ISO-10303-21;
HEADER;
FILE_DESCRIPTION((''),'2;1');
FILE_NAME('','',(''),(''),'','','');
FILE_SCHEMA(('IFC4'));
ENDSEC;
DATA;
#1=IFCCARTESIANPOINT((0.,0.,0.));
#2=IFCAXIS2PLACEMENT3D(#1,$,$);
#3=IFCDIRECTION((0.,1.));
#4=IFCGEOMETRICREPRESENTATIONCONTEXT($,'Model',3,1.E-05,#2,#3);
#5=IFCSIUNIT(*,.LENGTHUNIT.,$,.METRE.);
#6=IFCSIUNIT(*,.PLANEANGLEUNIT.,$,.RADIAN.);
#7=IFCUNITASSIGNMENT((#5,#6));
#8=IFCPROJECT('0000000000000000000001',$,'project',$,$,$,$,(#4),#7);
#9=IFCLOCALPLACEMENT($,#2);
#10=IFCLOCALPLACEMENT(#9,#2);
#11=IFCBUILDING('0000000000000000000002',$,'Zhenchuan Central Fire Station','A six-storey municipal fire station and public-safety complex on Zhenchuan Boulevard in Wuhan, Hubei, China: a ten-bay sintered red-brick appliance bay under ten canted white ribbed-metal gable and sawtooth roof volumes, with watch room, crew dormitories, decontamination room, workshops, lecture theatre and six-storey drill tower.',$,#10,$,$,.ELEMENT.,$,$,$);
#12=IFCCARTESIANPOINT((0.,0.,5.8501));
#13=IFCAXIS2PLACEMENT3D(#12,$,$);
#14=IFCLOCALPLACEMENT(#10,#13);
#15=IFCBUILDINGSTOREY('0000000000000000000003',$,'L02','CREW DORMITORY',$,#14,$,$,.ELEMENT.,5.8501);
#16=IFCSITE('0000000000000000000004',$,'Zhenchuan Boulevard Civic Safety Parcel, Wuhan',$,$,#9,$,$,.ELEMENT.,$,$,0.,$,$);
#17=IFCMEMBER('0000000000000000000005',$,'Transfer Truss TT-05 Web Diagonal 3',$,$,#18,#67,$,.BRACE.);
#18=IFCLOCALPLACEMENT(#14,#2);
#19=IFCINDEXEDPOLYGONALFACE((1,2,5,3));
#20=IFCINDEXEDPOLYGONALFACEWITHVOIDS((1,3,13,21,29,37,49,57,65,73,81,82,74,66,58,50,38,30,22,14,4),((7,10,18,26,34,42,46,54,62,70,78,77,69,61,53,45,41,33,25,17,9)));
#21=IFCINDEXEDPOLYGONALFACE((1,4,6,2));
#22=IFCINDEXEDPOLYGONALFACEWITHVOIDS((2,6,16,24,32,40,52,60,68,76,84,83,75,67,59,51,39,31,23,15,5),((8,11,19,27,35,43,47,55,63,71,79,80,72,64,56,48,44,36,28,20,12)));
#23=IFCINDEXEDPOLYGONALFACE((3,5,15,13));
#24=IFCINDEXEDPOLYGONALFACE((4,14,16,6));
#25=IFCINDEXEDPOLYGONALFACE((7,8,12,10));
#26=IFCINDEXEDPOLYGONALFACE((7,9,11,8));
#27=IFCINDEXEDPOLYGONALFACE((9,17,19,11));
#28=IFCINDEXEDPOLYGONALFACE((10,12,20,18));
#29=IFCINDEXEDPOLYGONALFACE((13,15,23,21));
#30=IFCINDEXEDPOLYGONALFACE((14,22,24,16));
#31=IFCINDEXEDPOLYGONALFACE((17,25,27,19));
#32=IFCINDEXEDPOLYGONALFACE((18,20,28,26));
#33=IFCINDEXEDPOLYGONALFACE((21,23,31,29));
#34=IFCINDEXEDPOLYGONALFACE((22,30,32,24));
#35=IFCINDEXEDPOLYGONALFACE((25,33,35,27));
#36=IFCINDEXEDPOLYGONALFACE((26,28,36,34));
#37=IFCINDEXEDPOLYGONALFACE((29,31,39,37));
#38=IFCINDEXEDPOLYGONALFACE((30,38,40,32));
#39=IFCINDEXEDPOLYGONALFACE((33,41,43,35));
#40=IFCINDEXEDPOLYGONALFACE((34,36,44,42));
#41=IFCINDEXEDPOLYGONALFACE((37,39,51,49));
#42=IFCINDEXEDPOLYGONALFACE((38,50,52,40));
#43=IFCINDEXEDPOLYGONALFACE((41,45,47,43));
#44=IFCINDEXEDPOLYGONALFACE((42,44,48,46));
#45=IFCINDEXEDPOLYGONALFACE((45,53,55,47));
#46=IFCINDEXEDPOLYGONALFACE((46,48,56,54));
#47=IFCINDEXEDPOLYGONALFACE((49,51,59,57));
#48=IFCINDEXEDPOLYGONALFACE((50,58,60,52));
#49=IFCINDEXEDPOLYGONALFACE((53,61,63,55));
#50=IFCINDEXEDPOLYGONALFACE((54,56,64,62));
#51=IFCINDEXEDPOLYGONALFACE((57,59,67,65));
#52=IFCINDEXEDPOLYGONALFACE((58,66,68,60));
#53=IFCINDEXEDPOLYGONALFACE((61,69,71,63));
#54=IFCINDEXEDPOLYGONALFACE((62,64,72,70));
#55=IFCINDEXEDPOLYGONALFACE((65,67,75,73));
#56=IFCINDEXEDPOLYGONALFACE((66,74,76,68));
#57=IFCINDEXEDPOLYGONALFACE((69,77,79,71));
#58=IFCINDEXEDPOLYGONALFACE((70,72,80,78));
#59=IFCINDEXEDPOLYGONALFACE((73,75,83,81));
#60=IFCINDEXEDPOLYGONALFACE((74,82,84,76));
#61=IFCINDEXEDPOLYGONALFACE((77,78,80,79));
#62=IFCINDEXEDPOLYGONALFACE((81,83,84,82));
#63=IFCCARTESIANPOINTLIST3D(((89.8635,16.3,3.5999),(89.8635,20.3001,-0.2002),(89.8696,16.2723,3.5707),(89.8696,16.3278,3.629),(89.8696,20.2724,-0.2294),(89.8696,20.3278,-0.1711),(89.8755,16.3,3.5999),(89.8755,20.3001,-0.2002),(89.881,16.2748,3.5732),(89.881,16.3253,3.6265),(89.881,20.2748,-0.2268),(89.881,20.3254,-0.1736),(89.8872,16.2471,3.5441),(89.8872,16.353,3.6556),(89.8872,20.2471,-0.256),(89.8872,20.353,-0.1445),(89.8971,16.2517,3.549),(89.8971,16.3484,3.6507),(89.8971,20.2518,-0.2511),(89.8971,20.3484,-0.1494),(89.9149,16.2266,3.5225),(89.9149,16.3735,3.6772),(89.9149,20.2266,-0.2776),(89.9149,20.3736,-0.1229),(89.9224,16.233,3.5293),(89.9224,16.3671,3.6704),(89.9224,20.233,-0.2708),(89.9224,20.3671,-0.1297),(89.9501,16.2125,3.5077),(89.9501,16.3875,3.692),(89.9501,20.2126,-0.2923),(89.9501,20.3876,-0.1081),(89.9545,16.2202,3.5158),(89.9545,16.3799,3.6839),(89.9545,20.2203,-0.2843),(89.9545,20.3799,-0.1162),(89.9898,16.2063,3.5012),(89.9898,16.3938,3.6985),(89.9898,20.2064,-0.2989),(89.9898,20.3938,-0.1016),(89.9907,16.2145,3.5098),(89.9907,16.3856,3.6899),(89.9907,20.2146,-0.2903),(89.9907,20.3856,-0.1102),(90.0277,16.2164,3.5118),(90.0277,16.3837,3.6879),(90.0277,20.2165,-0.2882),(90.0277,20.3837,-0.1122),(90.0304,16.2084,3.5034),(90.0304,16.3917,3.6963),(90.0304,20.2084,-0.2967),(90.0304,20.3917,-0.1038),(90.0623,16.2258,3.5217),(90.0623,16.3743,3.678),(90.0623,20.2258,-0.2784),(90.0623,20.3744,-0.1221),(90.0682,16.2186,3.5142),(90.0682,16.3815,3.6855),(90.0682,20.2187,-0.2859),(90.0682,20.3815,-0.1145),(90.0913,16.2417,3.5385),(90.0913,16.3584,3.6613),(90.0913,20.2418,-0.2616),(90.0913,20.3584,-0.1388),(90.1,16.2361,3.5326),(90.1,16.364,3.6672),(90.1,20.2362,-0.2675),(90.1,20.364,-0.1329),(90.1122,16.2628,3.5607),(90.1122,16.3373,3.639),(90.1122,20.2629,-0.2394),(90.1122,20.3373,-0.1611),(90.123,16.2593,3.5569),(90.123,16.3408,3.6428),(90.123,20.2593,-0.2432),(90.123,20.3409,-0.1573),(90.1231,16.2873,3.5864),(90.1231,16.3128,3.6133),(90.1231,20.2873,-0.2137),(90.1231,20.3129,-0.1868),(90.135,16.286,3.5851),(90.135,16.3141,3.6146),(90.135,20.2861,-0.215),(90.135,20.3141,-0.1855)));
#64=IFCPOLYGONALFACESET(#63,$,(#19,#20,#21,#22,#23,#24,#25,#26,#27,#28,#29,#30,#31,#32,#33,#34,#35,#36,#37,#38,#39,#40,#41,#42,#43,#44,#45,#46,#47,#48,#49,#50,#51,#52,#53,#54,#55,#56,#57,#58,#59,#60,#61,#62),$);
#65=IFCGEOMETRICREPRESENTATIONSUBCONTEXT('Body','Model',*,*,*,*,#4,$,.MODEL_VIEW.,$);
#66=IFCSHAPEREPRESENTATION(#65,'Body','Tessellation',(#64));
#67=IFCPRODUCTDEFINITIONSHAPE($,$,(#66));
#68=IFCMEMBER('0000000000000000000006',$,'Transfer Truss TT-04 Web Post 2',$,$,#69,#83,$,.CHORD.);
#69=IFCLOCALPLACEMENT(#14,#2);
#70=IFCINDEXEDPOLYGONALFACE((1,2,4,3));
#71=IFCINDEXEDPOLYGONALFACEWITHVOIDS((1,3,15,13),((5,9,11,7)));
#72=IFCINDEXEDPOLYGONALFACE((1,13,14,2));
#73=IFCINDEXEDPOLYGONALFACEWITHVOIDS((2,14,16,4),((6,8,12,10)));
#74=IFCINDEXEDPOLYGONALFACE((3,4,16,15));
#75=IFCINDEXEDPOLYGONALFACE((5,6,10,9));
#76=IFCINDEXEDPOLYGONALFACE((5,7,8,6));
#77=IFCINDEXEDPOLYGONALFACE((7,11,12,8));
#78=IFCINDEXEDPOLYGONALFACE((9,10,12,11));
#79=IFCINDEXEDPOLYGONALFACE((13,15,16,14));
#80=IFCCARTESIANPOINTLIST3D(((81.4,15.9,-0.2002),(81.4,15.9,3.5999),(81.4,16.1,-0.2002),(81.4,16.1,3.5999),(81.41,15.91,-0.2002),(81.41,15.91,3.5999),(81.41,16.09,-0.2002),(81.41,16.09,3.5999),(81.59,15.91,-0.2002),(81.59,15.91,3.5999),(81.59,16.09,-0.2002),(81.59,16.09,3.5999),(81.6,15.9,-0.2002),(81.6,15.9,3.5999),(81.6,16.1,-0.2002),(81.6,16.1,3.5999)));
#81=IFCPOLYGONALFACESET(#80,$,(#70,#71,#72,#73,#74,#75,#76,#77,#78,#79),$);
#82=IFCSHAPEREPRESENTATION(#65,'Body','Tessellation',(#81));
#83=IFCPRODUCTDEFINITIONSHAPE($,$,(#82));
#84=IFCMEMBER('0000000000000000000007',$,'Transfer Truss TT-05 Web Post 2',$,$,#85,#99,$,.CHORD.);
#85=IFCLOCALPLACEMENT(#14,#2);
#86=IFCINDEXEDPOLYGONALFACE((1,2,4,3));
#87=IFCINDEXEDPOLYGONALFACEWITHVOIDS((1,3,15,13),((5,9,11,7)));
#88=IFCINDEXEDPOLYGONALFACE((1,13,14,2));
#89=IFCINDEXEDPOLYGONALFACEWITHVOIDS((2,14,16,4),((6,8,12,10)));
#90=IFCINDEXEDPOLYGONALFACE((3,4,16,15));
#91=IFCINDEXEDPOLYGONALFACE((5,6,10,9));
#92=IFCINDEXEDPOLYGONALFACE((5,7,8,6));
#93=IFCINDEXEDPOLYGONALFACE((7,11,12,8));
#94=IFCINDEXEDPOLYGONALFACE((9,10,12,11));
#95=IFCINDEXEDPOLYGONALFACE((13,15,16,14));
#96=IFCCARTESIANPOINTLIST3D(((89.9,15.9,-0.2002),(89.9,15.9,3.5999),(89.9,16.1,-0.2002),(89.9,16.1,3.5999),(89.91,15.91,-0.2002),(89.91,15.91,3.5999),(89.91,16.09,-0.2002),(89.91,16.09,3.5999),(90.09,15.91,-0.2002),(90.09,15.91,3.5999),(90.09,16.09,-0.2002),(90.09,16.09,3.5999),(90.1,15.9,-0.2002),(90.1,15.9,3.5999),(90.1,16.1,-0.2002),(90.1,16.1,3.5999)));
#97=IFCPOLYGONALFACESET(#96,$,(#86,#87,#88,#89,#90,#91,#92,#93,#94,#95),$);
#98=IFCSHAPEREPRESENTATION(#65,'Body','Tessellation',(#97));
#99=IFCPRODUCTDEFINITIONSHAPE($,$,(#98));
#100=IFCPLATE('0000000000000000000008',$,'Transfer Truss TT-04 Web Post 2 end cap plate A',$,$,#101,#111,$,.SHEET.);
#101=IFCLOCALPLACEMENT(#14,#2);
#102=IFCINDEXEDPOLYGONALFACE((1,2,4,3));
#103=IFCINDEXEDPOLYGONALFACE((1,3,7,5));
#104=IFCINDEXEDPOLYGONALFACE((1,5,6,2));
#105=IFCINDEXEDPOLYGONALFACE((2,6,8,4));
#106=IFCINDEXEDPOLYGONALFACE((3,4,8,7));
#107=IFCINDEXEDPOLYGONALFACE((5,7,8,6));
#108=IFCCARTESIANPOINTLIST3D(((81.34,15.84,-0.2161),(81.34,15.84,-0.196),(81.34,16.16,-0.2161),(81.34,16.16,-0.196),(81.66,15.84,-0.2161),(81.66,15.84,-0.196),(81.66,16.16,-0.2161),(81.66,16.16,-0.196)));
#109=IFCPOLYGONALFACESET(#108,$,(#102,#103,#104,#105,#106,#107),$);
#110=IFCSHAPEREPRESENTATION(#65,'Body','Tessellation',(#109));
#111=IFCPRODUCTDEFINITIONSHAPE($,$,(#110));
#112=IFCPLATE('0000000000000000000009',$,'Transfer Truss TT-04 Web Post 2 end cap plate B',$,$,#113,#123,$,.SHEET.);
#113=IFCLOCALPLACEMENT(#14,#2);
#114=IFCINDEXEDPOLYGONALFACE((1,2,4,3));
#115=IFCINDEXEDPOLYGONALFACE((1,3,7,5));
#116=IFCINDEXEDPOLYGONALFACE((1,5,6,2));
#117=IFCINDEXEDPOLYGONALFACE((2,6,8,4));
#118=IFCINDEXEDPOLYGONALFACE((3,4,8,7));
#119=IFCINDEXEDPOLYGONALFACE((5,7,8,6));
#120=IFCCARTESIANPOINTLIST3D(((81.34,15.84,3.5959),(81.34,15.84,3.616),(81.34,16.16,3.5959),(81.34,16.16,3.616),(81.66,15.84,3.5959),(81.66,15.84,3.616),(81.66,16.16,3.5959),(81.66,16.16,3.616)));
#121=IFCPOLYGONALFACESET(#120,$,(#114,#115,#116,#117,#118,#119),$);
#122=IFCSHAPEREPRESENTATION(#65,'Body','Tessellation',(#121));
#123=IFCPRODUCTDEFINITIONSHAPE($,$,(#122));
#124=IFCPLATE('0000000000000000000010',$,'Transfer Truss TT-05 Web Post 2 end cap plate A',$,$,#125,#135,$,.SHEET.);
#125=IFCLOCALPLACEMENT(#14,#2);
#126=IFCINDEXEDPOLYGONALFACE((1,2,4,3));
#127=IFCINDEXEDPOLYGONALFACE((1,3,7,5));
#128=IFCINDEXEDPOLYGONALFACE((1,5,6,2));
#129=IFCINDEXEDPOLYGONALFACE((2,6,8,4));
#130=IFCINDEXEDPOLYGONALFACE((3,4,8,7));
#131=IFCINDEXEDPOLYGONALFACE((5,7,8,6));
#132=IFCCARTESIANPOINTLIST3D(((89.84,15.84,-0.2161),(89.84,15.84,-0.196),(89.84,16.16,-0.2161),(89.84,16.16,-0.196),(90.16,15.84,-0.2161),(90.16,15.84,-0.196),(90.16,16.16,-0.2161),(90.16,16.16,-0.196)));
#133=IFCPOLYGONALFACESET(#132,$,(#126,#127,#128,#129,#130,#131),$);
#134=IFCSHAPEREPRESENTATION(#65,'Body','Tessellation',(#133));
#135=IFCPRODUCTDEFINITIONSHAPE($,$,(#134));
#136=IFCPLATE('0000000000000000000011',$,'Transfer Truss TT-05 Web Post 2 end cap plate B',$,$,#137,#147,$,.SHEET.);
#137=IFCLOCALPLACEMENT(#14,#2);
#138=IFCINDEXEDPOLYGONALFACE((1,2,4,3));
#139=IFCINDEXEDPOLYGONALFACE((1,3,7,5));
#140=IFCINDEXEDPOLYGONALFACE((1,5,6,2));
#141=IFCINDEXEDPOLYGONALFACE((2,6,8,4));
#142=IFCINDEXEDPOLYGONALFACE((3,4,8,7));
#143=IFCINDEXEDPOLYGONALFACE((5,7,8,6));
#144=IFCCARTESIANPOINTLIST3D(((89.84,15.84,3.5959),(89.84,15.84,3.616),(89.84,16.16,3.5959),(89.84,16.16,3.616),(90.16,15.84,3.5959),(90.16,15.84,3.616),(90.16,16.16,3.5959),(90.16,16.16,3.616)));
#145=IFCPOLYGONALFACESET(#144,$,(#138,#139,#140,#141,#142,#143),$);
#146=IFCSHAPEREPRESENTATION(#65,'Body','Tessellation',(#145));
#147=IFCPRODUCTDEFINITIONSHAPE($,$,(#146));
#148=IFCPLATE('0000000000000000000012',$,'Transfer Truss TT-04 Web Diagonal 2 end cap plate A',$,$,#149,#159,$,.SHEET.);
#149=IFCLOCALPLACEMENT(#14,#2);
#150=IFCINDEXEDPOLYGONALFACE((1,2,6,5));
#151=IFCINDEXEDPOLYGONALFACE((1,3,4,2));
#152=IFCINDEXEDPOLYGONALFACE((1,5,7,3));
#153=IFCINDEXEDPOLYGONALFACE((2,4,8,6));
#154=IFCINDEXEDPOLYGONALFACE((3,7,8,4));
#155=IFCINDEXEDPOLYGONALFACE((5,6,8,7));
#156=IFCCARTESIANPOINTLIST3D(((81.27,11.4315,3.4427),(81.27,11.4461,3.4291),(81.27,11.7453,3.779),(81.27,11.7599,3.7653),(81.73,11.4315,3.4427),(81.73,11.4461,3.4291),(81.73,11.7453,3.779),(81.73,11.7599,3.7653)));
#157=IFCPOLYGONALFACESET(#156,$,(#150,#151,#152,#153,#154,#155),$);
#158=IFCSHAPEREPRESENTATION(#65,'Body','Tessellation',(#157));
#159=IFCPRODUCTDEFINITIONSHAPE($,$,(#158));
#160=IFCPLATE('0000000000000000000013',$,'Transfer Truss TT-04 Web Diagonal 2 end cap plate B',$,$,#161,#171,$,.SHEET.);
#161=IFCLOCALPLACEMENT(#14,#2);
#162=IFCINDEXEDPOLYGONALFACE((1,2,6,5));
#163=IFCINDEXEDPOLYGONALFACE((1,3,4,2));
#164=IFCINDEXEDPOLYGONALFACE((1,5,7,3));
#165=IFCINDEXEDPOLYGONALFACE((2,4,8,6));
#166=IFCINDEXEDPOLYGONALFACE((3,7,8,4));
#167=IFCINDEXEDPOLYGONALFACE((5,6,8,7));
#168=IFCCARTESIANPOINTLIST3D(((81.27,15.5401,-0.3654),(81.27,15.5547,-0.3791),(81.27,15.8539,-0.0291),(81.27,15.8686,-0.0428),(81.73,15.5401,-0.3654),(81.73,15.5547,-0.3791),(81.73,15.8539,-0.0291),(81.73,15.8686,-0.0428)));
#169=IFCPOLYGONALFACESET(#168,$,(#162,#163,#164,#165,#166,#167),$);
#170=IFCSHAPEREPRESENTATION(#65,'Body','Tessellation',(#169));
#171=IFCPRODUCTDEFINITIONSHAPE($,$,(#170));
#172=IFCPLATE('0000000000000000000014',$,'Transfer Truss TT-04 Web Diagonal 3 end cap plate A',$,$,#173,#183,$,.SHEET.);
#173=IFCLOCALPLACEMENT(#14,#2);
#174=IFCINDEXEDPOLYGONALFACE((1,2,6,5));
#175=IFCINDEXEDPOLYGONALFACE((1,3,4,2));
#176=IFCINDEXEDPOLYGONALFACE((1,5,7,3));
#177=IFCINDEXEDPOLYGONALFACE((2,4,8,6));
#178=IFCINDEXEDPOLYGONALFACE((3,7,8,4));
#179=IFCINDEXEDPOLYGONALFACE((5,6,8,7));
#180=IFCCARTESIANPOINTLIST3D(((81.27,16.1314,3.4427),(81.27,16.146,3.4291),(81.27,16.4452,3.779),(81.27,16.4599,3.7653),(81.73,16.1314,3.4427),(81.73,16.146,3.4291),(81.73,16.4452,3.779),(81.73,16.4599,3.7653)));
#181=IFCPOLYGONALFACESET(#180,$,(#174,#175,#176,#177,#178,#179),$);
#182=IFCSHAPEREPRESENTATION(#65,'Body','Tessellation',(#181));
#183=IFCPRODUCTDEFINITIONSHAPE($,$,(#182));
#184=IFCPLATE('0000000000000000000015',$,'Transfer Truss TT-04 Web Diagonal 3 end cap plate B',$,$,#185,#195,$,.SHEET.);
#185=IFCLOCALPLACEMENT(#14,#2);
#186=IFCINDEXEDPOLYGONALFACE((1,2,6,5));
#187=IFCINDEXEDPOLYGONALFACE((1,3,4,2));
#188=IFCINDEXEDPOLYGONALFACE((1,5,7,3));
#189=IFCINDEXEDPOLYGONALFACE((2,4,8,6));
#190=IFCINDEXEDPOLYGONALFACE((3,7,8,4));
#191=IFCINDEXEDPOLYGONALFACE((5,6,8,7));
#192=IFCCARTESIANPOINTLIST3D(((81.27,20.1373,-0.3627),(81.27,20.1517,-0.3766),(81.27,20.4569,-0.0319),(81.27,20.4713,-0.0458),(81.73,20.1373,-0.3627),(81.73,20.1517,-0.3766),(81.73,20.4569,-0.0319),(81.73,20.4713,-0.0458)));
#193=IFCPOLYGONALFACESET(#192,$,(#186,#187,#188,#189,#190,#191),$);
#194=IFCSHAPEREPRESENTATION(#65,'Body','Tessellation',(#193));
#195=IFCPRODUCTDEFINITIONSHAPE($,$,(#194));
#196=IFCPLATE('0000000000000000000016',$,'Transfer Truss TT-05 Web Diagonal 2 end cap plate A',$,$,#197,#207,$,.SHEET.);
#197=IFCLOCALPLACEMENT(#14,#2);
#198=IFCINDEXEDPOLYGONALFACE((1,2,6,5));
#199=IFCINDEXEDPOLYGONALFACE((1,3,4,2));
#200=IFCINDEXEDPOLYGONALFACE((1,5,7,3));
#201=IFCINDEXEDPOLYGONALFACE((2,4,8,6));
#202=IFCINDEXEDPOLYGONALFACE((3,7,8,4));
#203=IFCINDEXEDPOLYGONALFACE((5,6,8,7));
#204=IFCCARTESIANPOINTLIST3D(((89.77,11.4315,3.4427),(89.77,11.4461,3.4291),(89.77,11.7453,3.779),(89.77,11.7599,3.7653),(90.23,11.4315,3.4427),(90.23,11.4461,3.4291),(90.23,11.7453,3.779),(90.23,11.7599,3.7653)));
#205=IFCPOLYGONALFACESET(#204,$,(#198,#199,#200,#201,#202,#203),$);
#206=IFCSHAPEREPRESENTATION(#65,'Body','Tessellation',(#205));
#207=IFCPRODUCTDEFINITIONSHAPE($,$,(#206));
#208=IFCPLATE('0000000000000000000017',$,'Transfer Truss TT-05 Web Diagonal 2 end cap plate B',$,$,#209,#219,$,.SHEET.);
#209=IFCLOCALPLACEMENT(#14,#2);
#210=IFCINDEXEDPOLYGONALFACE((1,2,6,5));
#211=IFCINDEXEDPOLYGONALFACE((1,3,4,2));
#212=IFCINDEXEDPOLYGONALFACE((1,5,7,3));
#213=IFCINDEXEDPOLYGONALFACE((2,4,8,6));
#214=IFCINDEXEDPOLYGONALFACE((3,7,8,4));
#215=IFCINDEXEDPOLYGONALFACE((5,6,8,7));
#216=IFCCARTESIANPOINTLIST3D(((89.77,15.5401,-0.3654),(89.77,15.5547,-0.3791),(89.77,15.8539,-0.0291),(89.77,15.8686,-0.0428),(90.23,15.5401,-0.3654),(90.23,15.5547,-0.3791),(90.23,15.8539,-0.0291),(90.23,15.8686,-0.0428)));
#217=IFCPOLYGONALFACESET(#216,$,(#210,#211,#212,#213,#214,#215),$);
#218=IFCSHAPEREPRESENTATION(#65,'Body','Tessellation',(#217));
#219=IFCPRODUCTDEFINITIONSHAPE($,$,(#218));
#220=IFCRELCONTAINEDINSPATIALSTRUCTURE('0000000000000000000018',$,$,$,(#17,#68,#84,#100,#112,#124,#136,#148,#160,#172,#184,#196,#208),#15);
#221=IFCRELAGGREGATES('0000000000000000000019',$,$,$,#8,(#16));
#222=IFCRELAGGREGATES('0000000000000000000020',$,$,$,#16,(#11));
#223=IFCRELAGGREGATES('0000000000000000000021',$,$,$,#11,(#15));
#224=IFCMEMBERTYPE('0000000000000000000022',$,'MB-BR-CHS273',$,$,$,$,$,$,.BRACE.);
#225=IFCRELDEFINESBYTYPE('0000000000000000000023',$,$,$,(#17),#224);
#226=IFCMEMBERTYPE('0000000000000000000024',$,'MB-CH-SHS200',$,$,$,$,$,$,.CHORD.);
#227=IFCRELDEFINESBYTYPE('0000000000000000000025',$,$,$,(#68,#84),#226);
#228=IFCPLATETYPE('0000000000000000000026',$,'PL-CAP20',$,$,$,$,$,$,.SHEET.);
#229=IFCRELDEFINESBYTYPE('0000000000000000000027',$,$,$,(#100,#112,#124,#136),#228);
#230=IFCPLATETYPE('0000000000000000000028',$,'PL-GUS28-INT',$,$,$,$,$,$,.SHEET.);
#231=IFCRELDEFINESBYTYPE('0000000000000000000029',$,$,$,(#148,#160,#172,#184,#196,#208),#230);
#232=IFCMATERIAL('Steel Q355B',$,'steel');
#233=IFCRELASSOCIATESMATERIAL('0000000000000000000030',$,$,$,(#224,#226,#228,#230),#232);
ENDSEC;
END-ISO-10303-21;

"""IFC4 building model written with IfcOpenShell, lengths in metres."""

from ifc_helpers import new_model, si_unit, direction, frame, origin, origin_2d, place, context, subcontext, project, spatial, rectangle, hollow_rectangle, hollow_circle, extrude, material, material_profile, profile_set, type_object, element, save


model = new_model("IFC4")

# Units and contexts
model_context = context("Model", 3, precision=1e-05, world=origin(), true_north=direction((0.0, 1.0)))
body_context = subcontext(model_context, "Body", "Model", "MODEL_VIEW")
ifc_project = project(units=[si_unit("LENGTHUNIT", "METRE"), si_unit("PLANEANGLEUNIT", "RADIAN")], contexts=[model_context])

# Site, building, storey
site_placement = place(None, origin())
site = spatial("IfcSite", under=ifc_project, at=site_placement, Name="Zhenchuan Boulevard Civic Safety Parcel, Wuhan", CompositionType="ELEMENT", RefElevation=0.0)
building_placement = place(site_placement, origin())
building = spatial("IfcBuilding", under=site, at=building_placement, Name="Zhenchuan Central Fire Station", Description="A six-storey municipal fire station and public-safety complex on Zhenchuan Boulevard in Wuhan, Hubei, China: a ten-bay sintered red-brick appliance bay under ten canted white ribbed-metal gable and sawtooth roof volumes, with watch room, crew dormitories, decontamination room, workshops, lecture theatre and six-storey drill tower.", CompositionType="ELEMENT")
storey_placement = place(building_placement, frame((0.0, 0.0, 5.8501)))
storey = spatial("IfcBuildingStorey", under=building, at=storey_placement, Name="L02", Description="CREW DORMITORY", CompositionType="ELEMENT", Elevation=5.8501)

# Members
ifc_material = material(Name="Steel Q355B", Category="steel")
ifc_material_profile_1 = material_profile(ifc_material, hollow_circle(Radius=0.1365, WallThickness=0.012, at=origin_2d()), Name="CHS 273x12")
ifc_profile_set_1 = profile_set([ifc_material_profile_1], Name="Steel Q355B")
member_type_1 = type_object("IfcMemberType", Name="MB-BR-CHS273", PredefinedType="BRACE", material=ifc_profile_set_1)
for number, where, z_axis, x_axis, name in (
    (1, (90.0, 16.3, 3.5999), (0.0, 0.724995, -0.688754), (-1.0, 0.0, 0.0), "Transfer Truss TT-05 Web Diagonal 3"),
):
    element("IfcMember", number, at=place(storey_placement, frame(where, z_axis=z_axis, x_axis=x_axis)), inside=storey, type_object=member_type_1, Name=name, PredefinedType="BRACE", context=body_context, shape_type="SweptSolid", body=[
        extrude(hollow_circle(Radius=0.1365, WallThickness=0.012, at=origin_2d()), origin(), (0.0, 0.0, 1.0), 5.5173),
    ])
ifc_material_profile_2 = material_profile(ifc_material, hollow_rectangle(XDim=0.2, YDim=0.2, WallThickness=0.01, at=origin_2d()), Name="SHS 200x200x10")
ifc_profile_set_2 = profile_set([ifc_material_profile_2], Name="Steel Q355B")
member_type_2 = type_object("IfcMemberType", Name="MB-CH-SHS200", PredefinedType="CHORD", material=ifc_profile_set_2)
for number, where, z_axis, x_axis, name in (
    (2, (81.5, 16.0, -0.2002), (0.0, 0.0, 1.0), (1.0, 0.0, 0.0), "Transfer Truss TT-04 Web Post 2"),
    (3, (90.0, 16.0, -0.2002), (0.0, 0.0, 1.0), (1.0, 0.0, 0.0), "Transfer Truss TT-05 Web Post 2"),
):
    element("IfcMember", number, at=place(storey_placement, frame(where, z_axis=z_axis, x_axis=x_axis)), inside=storey, type_object=member_type_2, Name=name, PredefinedType="CHORD", context=body_context, shape_type="SweptSolid", body=[
        extrude(hollow_rectangle(XDim=0.2, YDim=0.2, WallThickness=0.01, at=origin_2d()), origin(), (0.0, 0.0, 1.0), 3.8),
    ])

# Plates
ifc_material_profile_3 = material_profile(ifc_material, rectangle(XDim=0.3201, YDim=0.3201, at=origin_2d()), Name="PL 320x320x20")
ifc_profile_set_3 = profile_set([ifc_material_profile_3], Name="Steel Q355B")
plate_type_1 = type_object("IfcPlateType", Name="PL-CAP20", PredefinedType="SHEET", material=ifc_profile_set_3)
for number, where, z_axis, x_axis, name in (
    (4, (81.5, 16.0, -0.2161), (0.0, 0.0, 1.0), (1.0, 0.0, 0.0), "Transfer Truss TT-04 Web Post 2 end cap plate A"),
    (5, (81.5, 16.0, 3.5959), (0.0, 0.0, 1.0), (1.0, 0.0, 0.0), "Transfer Truss TT-04 Web Post 2 end cap plate B"),
    (6, (90.0, 16.0, -0.2161), (0.0, 0.0, 1.0), (1.0, 0.0, 0.0), "Transfer Truss TT-05 Web Post 2 end cap plate A"),
    (7, (90.0, 16.0, 3.5959), (0.0, 0.0, 1.0), (1.0, 0.0, 0.0), "Transfer Truss TT-05 Web Post 2 end cap plate B"),
):
    element("IfcPlate", number, at=place(storey_placement, frame(where, z_axis=z_axis, x_axis=x_axis)), inside=storey, type_object=plate_type_1, Name=name, PredefinedType="SHEET", context=body_context, shape_type="SweptSolid", body=[
        extrude(rectangle(XDim=0.3201, YDim=0.3201, at=origin_2d()), origin(), (0.0, 0.0, 1.0), 0.02),
    ])
ifc_material_profile_4 = material_profile(ifc_material, rectangle(XDim=0.46, YDim=0.46, at=origin_2d()), Name="PL 460x460x28")
ifc_profile_set_4 = profile_set([ifc_material_profile_4], Name="Steel Q355B")
plate_type_2 = type_object("IfcPlateType", Name="PL-GUS28-INT", PredefinedType="SHEET", material=ifc_profile_set_4)
for number, where, z_axis, x_axis, name in (
    (8, (81.5, 11.5884, 3.6108), (0.0, 0.731055, -0.682318), (-1.0, 0.0, 0.0), "Transfer Truss TT-04 Web Diagonal 2 end cap plate A"),
    (9, (81.5, 15.697, -0.1973), (0.0, 0.731055, -0.682318), (-1.0, 0.0, 0.0), "Transfer Truss TT-04 Web Diagonal 2 end cap plate B"),
    (10, (81.5, 16.2883, 3.6108), (0.0, 0.731055, -0.682318), (-1.0, 0.0, 0.0), "Transfer Truss TT-04 Web Diagonal 3 end cap plate A"),
    (11, (81.5, 20.2971, -0.1973), (0.0, 0.719191, -0.694812), (-1.0, 0.0, 0.0), "Transfer Truss TT-04 Web Diagonal 3 end cap plate B"),
    (12, (90.0, 11.5884, 3.6108), (0.0, 0.731055, -0.682318), (-1.0, 0.0, 0.0), "Transfer Truss TT-05 Web Diagonal 2 end cap plate A"),
    (13, (90.0, 15.697, -0.1973), (0.0, 0.731055, -0.682318), (-1.0, 0.0, 0.0), "Transfer Truss TT-05 Web Diagonal 2 end cap plate B"),
):
    element("IfcPlate", number, at=place(storey_placement, frame(where, z_axis=z_axis, x_axis=x_axis)), inside=storey, type_object=plate_type_2, Name=name, PredefinedType="SHEET", context=body_context, shape_type="SweptSolid", body=[
        extrude(rectangle(XDim=0.46, YDim=0.46, at=origin_2d()), origin(), (0.0, 0.0, 1.0), 0.02),
    ])

save(model, "model.ifc")
